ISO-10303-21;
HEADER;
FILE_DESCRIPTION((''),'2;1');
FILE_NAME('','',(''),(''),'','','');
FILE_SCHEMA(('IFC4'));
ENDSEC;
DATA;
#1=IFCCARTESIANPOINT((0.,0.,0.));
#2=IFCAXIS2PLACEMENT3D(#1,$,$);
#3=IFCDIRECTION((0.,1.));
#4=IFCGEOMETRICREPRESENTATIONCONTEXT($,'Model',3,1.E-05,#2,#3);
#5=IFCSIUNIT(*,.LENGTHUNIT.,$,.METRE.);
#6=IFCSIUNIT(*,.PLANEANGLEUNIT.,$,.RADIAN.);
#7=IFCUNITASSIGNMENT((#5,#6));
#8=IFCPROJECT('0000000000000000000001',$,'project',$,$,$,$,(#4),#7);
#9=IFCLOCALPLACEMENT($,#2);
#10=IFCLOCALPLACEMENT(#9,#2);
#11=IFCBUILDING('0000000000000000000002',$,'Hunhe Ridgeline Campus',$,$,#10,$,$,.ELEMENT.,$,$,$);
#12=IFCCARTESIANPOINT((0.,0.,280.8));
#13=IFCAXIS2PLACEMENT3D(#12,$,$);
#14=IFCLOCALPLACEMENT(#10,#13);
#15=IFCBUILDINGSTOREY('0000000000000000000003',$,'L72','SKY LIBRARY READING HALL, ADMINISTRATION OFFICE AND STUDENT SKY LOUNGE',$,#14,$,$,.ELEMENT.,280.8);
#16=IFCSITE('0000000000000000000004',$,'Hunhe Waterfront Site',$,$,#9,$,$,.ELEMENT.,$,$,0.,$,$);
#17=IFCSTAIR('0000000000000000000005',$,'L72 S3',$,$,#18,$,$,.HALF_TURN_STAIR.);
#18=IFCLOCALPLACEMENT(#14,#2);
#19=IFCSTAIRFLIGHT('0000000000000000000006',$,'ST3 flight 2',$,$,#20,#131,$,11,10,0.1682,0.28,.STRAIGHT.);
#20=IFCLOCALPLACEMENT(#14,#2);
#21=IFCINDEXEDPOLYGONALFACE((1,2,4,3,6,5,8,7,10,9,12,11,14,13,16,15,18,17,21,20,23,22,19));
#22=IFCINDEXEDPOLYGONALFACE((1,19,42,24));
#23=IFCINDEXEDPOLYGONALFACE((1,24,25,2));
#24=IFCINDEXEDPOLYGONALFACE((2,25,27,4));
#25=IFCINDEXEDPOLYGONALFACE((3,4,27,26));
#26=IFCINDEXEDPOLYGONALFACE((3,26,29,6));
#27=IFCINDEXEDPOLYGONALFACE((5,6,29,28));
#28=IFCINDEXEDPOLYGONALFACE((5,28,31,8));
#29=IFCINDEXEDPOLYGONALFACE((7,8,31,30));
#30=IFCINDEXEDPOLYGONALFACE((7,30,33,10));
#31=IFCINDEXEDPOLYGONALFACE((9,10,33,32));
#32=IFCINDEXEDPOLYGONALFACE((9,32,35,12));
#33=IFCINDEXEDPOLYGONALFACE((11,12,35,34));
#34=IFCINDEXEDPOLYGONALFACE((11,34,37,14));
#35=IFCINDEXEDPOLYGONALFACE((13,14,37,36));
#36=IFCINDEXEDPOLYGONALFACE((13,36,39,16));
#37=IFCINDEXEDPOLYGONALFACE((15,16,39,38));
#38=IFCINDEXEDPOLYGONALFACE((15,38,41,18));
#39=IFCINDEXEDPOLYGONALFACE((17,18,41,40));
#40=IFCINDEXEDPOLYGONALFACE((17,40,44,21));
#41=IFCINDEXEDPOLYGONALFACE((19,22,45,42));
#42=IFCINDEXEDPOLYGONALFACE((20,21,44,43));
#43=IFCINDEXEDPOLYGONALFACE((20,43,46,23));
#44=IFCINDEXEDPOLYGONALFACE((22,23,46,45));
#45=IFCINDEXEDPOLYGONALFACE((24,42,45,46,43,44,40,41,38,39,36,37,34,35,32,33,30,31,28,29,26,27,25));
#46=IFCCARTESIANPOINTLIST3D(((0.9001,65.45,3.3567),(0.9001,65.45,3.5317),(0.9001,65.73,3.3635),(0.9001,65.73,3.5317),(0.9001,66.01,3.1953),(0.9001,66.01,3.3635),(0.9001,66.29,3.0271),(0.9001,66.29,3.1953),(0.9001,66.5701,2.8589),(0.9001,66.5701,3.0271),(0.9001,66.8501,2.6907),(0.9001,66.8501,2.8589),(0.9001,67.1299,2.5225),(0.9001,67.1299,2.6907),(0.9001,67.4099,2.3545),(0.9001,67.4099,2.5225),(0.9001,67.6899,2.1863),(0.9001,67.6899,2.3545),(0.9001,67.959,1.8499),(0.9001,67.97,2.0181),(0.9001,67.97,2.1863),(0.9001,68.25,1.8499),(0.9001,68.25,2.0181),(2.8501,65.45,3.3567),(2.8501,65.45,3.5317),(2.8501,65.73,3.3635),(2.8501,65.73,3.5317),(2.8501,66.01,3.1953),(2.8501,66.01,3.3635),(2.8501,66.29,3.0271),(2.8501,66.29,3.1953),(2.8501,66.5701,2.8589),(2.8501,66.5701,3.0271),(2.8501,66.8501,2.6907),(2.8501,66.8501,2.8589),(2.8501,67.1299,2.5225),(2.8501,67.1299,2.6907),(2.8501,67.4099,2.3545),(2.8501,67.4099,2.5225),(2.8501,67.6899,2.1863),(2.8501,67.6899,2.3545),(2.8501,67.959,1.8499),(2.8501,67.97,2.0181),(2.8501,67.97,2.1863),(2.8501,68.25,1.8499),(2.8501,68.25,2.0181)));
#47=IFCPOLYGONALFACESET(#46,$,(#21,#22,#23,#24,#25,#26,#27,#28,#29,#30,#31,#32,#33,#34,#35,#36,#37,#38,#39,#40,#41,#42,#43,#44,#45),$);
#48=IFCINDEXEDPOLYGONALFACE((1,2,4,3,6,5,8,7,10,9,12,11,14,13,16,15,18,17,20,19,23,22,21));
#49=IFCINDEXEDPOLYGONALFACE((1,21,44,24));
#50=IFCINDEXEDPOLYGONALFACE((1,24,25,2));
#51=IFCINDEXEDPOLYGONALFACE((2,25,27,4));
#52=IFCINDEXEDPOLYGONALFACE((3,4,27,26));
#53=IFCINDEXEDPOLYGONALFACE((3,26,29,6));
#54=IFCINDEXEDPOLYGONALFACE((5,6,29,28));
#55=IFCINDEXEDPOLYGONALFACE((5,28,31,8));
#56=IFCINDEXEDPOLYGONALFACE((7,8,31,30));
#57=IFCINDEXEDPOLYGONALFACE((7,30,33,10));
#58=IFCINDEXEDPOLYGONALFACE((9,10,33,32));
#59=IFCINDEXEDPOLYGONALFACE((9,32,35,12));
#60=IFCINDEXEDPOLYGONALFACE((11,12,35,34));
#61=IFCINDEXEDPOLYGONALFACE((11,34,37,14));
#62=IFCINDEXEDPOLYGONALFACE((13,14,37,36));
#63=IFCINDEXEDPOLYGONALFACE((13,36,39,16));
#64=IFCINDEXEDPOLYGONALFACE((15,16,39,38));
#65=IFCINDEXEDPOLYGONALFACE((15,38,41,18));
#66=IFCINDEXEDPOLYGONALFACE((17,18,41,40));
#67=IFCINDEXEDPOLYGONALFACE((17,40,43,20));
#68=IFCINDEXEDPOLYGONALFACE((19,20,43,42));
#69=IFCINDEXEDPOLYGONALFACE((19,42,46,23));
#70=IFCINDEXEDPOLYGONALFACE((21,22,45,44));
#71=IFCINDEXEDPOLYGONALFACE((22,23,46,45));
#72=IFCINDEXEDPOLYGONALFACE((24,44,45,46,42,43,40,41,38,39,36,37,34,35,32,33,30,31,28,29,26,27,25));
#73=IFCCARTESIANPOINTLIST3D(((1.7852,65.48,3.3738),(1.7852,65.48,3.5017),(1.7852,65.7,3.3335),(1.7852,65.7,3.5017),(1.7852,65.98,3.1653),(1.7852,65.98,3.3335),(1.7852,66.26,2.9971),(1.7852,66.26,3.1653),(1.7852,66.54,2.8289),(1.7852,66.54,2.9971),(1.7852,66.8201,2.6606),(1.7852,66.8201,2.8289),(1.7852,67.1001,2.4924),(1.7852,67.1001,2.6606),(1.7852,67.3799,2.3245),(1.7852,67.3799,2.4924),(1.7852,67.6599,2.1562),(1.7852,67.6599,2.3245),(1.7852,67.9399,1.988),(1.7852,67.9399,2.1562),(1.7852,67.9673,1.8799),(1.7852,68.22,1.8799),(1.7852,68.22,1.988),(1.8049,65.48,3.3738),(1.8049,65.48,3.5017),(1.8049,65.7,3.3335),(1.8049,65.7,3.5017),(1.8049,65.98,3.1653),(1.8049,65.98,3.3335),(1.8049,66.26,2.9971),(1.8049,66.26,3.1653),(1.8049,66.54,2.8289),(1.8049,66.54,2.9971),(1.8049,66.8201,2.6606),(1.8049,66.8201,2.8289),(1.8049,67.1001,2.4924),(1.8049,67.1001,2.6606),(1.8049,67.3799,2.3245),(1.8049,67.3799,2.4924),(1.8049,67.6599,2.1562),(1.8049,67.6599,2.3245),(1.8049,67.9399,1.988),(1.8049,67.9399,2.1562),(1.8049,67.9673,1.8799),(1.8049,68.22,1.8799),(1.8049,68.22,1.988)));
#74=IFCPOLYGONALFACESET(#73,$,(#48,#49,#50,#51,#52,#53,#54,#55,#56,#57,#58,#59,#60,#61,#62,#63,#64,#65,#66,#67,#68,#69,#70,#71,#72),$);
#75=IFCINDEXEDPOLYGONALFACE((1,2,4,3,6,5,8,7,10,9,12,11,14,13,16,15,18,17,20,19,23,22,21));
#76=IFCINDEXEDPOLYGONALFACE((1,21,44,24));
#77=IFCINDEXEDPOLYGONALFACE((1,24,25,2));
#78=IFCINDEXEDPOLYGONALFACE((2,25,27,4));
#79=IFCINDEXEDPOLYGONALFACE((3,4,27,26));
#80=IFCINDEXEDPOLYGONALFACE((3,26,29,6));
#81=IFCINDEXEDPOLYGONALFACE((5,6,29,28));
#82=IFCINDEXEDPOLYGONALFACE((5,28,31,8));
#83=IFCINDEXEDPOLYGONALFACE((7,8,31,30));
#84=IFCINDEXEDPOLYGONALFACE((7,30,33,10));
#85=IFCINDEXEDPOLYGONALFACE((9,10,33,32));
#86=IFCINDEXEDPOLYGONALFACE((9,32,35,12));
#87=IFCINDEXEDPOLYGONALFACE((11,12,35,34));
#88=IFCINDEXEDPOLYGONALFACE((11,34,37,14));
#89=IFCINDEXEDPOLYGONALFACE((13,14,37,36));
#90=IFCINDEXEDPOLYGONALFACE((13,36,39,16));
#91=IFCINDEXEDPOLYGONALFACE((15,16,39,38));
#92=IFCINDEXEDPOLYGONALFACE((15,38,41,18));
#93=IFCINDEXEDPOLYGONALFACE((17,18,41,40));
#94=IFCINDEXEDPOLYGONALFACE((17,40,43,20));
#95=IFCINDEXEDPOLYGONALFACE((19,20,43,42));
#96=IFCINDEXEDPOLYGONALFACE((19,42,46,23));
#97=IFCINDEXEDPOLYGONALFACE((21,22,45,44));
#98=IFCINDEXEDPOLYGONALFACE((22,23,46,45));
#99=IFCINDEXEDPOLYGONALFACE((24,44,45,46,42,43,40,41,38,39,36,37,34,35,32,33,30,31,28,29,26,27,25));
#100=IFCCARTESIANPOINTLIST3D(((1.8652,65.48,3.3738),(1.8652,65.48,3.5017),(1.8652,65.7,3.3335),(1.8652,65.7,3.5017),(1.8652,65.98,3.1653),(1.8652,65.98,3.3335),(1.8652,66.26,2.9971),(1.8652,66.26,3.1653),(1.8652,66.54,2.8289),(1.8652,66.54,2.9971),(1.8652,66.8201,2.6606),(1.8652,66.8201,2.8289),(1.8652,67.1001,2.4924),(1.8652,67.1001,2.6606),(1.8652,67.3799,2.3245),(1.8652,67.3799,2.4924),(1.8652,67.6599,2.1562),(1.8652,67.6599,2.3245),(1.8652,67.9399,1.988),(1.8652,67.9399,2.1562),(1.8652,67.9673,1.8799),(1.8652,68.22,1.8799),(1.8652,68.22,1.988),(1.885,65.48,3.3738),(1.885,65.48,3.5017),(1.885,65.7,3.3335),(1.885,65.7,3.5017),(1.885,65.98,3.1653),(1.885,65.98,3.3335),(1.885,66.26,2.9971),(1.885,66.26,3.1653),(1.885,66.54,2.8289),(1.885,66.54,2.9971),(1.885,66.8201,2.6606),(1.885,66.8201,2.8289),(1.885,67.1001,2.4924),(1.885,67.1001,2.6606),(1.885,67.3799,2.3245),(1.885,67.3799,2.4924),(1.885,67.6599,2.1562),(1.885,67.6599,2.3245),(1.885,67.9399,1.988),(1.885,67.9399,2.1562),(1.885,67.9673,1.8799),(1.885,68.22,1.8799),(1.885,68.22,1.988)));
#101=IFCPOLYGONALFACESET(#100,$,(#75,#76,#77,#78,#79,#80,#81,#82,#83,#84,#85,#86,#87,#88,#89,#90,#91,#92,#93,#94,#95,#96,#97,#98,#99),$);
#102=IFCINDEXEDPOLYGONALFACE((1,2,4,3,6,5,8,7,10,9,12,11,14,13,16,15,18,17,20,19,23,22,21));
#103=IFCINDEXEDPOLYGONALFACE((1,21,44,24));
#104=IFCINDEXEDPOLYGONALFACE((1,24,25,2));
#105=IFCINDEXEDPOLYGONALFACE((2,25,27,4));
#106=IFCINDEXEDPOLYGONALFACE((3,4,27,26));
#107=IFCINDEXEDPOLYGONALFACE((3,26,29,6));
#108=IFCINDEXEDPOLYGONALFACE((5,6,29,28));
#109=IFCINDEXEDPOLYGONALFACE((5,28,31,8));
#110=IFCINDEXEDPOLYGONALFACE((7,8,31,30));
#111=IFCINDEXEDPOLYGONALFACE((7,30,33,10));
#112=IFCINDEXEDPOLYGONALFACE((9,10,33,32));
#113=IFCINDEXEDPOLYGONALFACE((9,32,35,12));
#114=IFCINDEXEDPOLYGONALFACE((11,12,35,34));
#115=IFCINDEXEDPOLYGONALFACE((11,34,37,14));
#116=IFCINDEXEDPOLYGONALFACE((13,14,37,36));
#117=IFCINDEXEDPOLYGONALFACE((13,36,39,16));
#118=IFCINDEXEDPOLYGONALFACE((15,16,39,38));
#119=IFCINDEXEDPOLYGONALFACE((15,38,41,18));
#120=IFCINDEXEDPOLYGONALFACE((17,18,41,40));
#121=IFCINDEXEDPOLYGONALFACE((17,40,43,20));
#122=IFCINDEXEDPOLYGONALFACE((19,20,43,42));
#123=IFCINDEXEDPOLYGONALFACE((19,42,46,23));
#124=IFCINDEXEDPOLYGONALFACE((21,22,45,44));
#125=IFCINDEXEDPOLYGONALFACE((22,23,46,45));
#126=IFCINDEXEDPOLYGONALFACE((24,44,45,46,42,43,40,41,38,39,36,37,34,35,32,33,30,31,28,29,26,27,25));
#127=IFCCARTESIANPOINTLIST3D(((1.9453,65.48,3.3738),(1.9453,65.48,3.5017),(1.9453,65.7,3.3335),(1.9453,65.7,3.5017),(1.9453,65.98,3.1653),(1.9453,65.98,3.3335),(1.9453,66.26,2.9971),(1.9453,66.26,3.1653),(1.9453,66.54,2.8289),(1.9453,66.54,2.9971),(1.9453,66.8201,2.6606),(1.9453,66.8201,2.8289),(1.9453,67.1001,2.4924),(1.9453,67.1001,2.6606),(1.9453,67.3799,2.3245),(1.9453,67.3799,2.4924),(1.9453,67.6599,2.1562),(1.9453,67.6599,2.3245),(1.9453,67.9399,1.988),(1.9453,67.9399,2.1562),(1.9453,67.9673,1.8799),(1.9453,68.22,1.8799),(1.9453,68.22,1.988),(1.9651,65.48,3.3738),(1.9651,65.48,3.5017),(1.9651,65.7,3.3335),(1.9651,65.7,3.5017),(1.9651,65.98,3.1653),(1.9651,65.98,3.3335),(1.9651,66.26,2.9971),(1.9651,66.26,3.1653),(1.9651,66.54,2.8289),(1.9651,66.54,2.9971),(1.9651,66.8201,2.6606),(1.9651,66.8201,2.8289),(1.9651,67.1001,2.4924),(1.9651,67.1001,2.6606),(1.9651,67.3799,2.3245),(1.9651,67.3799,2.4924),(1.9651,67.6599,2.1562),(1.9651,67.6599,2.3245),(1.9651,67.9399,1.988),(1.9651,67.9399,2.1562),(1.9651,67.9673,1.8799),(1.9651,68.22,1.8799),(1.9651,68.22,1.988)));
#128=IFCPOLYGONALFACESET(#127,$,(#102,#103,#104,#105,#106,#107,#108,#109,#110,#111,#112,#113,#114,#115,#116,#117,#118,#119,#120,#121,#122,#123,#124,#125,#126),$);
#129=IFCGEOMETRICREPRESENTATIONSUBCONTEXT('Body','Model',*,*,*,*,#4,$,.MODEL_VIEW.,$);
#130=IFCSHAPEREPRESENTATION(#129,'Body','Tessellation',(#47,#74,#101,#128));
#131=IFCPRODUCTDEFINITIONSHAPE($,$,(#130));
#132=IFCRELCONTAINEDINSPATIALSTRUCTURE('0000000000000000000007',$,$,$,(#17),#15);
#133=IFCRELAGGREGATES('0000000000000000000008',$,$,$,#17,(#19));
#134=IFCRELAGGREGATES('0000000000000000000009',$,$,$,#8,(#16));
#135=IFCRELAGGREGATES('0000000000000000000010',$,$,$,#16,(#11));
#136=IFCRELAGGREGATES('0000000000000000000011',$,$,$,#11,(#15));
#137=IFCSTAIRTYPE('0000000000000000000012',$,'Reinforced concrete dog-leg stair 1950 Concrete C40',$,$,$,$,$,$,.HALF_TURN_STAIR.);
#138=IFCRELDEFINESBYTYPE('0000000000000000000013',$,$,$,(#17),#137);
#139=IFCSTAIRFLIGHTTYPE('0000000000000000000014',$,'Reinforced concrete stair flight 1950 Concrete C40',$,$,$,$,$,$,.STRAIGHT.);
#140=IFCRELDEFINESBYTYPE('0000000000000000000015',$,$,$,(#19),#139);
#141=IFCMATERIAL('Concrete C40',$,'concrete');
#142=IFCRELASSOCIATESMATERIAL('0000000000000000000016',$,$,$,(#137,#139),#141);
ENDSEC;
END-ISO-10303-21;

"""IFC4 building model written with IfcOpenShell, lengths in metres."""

from ifc_helpers import new_model, si_unit, direction, frame, origin, place, context, subcontext, project, spatial, polyline, outline, extrude, material, type_object, element, aggregate, save


model = new_model("IFC4")

# Units and contexts
model_context = context("Model", 3, precision=1e-05, world=origin(), true_north=direction((0.0, 1.0)))
body_context = subcontext(model_context, "Body", "Model", "MODEL_VIEW")
ifc_project = project(units=[si_unit("LENGTHUNIT", "METRE"), si_unit("PLANEANGLEUNIT", "RADIAN")], contexts=[model_context])

# Site, building, storey
site_placement = place(None, origin())
site = spatial("IfcSite", under=ifc_project, at=site_placement, Name="Hunhe Waterfront Site", CompositionType="ELEMENT", RefElevation=0.0)
building_placement = place(site_placement, origin())
building = spatial("IfcBuilding", under=site, at=building_placement, Name="Hunhe Ridgeline Campus", CompositionType="ELEMENT")
storey_placement = place(building_placement, frame((0.0, 0.0, 280.8)))
storey = spatial("IfcBuildingStorey", under=building, at=storey_placement, Name="L72", Description="SKY LIBRARY READING HALL, ADMINISTRATION OFFICE AND STUDENT SKY LOUNGE", CompositionType="ELEMENT", Elevation=280.8)

# Stair, stair flight
ifc_material_1 = material(Name="Concrete C40", Category="concrete")
stair_type = type_object("IfcStairType", Name="Reinforced concrete dog-leg stair 1950 Concrete C40", PredefinedType="HALF_TURN_STAIR", material=ifc_material_1)
stair_1_placement = place(storey_placement, origin())
stair_1 = element("IfcStair", 1, at=stair_1_placement, inside=storey, type_object=stair_type, Name="L72 S3", PredefinedType="HALF_TURN_STAIR")
stair_flight_type = type_object("IfcStairFlightType", Name="Reinforced concrete stair flight 1950 Concrete C40", PredefinedType="STRAIGHT", material=ifc_material_1)
stair_flight_1_placement = place(storey_placement, frame((1.875, 68.25, 1.8499), z_axis=(0.0, 0.0, 1.0), x_axis=(0.0, -1.0, 0.0)))
stair_flight_1 = element("IfcStairFlight", 2, at=stair_flight_1_placement, type_object=stair_flight_type, Name="ST3 flight 2", NumberOfRisers=11, NumberOfTreads=10, PredefinedType="STRAIGHT", RiserHeight=0.1682, TreadLength=0.28, context=body_context, shape_type="SweptSolid", body=[
    extrude(outline(polyline([(0.0, 0.0), (0.0, 0.1682), (0.28, 0.1682), (0.28, 0.3364), (0.5601, 0.3364), (0.5601, 0.5046), (0.8401, 0.5046), (0.8401, 0.6726), (1.1201, 0.6726), (1.1201, 0.8408), (1.3999, 0.8408), (1.3999, 1.009), (1.6799, 1.009), (1.6799, 1.1772), (1.96, 1.1772), (1.96, 1.3455), (2.24, 1.3455), (2.24, 1.5137), (2.52, 1.5137), (2.52, 1.6819), (2.8, 1.6819), (2.8, 1.8501), (2.8, 1.5068), (0.291, 0.0), (0.0, 0.0)])), frame((0.0, 0.9751, 0.0), z_axis=(0.0, -1.0, 0.0), x_axis=(1.0, 0.0, 0.0)), (0.0, 0.0, 1.0), 1.95),
    extrude(outline(polyline([(0.03, 0.03), (0.03, 0.1382), (0.3101, 0.1382), (0.3101, 0.3064), (0.5901, 0.3064), (0.5901, 0.4746), (0.8701, 0.4746), (0.8701, 0.6426), (1.1499, 0.6426), (1.1499, 0.8108), (1.4299, 0.8108), (1.4299, 0.979), (1.71, 0.979), (1.71, 1.1472), (1.99, 1.1472), (1.99, 1.3154), (2.27, 1.3154), (2.27, 1.4836), (2.55, 1.4836), (2.55, 1.6519), (2.77, 1.6519), (2.77, 1.5239), (0.2827, 0.03), (0.03, 0.03)])), frame((0.0, -0.0701, 0.0), z_axis=(0.0, -1.0, 0.0), x_axis=(1.0, 0.0, 0.0)), (0.0, 0.0, 1.0), 0.0198),
    extrude(outline(polyline([(0.03, 0.03), (0.03, 0.1382), (0.3101, 0.1382), (0.3101, 0.3064), (0.5901, 0.3064), (0.5901, 0.4746), (0.8701, 0.4746), (0.8701, 0.6426), (1.1499, 0.6426), (1.1499, 0.8108), (1.4299, 0.8108), (1.4299, 0.979), (1.71, 0.979), (1.71, 1.1472), (1.99, 1.1472), (1.99, 1.3154), (2.27, 1.3154), (2.27, 1.4836), (2.55, 1.4836), (2.55, 1.6519), (2.77, 1.6519), (2.77, 1.5239), (0.2827, 0.03), (0.03, 0.03)])), frame((0.0, 0.01, 0.0), z_axis=(0.0, -1.0, 0.0), x_axis=(1.0, 0.0, 0.0)), (0.0, 0.0, 1.0), 0.0198),
    extrude(outline(polyline([(0.03, 0.03), (0.03, 0.1382), (0.3101, 0.1382), (0.3101, 0.3064), (0.5901, 0.3064), (0.5901, 0.4746), (0.8701, 0.4746), (0.8701, 0.6426), (1.1499, 0.6426), (1.1499, 0.8108), (1.4299, 0.8108), (1.4299, 0.979), (1.71, 0.979), (1.71, 1.1472), (1.99, 1.1472), (1.99, 1.3154), (2.27, 1.3154), (2.27, 1.4836), (2.55, 1.4836), (2.55, 1.6519), (2.77, 1.6519), (2.77, 1.5239), (0.2827, 0.03), (0.03, 0.03)])), frame((0.0, 0.0901, 0.0), z_axis=(0.0, -1.0, 0.0), x_axis=(1.0, 0.0, 0.0)), (0.0, 0.0, 1.0), 0.0198),
])
aggregate(stair_1, [stair_flight_1])

save(model, "model.ifc")
